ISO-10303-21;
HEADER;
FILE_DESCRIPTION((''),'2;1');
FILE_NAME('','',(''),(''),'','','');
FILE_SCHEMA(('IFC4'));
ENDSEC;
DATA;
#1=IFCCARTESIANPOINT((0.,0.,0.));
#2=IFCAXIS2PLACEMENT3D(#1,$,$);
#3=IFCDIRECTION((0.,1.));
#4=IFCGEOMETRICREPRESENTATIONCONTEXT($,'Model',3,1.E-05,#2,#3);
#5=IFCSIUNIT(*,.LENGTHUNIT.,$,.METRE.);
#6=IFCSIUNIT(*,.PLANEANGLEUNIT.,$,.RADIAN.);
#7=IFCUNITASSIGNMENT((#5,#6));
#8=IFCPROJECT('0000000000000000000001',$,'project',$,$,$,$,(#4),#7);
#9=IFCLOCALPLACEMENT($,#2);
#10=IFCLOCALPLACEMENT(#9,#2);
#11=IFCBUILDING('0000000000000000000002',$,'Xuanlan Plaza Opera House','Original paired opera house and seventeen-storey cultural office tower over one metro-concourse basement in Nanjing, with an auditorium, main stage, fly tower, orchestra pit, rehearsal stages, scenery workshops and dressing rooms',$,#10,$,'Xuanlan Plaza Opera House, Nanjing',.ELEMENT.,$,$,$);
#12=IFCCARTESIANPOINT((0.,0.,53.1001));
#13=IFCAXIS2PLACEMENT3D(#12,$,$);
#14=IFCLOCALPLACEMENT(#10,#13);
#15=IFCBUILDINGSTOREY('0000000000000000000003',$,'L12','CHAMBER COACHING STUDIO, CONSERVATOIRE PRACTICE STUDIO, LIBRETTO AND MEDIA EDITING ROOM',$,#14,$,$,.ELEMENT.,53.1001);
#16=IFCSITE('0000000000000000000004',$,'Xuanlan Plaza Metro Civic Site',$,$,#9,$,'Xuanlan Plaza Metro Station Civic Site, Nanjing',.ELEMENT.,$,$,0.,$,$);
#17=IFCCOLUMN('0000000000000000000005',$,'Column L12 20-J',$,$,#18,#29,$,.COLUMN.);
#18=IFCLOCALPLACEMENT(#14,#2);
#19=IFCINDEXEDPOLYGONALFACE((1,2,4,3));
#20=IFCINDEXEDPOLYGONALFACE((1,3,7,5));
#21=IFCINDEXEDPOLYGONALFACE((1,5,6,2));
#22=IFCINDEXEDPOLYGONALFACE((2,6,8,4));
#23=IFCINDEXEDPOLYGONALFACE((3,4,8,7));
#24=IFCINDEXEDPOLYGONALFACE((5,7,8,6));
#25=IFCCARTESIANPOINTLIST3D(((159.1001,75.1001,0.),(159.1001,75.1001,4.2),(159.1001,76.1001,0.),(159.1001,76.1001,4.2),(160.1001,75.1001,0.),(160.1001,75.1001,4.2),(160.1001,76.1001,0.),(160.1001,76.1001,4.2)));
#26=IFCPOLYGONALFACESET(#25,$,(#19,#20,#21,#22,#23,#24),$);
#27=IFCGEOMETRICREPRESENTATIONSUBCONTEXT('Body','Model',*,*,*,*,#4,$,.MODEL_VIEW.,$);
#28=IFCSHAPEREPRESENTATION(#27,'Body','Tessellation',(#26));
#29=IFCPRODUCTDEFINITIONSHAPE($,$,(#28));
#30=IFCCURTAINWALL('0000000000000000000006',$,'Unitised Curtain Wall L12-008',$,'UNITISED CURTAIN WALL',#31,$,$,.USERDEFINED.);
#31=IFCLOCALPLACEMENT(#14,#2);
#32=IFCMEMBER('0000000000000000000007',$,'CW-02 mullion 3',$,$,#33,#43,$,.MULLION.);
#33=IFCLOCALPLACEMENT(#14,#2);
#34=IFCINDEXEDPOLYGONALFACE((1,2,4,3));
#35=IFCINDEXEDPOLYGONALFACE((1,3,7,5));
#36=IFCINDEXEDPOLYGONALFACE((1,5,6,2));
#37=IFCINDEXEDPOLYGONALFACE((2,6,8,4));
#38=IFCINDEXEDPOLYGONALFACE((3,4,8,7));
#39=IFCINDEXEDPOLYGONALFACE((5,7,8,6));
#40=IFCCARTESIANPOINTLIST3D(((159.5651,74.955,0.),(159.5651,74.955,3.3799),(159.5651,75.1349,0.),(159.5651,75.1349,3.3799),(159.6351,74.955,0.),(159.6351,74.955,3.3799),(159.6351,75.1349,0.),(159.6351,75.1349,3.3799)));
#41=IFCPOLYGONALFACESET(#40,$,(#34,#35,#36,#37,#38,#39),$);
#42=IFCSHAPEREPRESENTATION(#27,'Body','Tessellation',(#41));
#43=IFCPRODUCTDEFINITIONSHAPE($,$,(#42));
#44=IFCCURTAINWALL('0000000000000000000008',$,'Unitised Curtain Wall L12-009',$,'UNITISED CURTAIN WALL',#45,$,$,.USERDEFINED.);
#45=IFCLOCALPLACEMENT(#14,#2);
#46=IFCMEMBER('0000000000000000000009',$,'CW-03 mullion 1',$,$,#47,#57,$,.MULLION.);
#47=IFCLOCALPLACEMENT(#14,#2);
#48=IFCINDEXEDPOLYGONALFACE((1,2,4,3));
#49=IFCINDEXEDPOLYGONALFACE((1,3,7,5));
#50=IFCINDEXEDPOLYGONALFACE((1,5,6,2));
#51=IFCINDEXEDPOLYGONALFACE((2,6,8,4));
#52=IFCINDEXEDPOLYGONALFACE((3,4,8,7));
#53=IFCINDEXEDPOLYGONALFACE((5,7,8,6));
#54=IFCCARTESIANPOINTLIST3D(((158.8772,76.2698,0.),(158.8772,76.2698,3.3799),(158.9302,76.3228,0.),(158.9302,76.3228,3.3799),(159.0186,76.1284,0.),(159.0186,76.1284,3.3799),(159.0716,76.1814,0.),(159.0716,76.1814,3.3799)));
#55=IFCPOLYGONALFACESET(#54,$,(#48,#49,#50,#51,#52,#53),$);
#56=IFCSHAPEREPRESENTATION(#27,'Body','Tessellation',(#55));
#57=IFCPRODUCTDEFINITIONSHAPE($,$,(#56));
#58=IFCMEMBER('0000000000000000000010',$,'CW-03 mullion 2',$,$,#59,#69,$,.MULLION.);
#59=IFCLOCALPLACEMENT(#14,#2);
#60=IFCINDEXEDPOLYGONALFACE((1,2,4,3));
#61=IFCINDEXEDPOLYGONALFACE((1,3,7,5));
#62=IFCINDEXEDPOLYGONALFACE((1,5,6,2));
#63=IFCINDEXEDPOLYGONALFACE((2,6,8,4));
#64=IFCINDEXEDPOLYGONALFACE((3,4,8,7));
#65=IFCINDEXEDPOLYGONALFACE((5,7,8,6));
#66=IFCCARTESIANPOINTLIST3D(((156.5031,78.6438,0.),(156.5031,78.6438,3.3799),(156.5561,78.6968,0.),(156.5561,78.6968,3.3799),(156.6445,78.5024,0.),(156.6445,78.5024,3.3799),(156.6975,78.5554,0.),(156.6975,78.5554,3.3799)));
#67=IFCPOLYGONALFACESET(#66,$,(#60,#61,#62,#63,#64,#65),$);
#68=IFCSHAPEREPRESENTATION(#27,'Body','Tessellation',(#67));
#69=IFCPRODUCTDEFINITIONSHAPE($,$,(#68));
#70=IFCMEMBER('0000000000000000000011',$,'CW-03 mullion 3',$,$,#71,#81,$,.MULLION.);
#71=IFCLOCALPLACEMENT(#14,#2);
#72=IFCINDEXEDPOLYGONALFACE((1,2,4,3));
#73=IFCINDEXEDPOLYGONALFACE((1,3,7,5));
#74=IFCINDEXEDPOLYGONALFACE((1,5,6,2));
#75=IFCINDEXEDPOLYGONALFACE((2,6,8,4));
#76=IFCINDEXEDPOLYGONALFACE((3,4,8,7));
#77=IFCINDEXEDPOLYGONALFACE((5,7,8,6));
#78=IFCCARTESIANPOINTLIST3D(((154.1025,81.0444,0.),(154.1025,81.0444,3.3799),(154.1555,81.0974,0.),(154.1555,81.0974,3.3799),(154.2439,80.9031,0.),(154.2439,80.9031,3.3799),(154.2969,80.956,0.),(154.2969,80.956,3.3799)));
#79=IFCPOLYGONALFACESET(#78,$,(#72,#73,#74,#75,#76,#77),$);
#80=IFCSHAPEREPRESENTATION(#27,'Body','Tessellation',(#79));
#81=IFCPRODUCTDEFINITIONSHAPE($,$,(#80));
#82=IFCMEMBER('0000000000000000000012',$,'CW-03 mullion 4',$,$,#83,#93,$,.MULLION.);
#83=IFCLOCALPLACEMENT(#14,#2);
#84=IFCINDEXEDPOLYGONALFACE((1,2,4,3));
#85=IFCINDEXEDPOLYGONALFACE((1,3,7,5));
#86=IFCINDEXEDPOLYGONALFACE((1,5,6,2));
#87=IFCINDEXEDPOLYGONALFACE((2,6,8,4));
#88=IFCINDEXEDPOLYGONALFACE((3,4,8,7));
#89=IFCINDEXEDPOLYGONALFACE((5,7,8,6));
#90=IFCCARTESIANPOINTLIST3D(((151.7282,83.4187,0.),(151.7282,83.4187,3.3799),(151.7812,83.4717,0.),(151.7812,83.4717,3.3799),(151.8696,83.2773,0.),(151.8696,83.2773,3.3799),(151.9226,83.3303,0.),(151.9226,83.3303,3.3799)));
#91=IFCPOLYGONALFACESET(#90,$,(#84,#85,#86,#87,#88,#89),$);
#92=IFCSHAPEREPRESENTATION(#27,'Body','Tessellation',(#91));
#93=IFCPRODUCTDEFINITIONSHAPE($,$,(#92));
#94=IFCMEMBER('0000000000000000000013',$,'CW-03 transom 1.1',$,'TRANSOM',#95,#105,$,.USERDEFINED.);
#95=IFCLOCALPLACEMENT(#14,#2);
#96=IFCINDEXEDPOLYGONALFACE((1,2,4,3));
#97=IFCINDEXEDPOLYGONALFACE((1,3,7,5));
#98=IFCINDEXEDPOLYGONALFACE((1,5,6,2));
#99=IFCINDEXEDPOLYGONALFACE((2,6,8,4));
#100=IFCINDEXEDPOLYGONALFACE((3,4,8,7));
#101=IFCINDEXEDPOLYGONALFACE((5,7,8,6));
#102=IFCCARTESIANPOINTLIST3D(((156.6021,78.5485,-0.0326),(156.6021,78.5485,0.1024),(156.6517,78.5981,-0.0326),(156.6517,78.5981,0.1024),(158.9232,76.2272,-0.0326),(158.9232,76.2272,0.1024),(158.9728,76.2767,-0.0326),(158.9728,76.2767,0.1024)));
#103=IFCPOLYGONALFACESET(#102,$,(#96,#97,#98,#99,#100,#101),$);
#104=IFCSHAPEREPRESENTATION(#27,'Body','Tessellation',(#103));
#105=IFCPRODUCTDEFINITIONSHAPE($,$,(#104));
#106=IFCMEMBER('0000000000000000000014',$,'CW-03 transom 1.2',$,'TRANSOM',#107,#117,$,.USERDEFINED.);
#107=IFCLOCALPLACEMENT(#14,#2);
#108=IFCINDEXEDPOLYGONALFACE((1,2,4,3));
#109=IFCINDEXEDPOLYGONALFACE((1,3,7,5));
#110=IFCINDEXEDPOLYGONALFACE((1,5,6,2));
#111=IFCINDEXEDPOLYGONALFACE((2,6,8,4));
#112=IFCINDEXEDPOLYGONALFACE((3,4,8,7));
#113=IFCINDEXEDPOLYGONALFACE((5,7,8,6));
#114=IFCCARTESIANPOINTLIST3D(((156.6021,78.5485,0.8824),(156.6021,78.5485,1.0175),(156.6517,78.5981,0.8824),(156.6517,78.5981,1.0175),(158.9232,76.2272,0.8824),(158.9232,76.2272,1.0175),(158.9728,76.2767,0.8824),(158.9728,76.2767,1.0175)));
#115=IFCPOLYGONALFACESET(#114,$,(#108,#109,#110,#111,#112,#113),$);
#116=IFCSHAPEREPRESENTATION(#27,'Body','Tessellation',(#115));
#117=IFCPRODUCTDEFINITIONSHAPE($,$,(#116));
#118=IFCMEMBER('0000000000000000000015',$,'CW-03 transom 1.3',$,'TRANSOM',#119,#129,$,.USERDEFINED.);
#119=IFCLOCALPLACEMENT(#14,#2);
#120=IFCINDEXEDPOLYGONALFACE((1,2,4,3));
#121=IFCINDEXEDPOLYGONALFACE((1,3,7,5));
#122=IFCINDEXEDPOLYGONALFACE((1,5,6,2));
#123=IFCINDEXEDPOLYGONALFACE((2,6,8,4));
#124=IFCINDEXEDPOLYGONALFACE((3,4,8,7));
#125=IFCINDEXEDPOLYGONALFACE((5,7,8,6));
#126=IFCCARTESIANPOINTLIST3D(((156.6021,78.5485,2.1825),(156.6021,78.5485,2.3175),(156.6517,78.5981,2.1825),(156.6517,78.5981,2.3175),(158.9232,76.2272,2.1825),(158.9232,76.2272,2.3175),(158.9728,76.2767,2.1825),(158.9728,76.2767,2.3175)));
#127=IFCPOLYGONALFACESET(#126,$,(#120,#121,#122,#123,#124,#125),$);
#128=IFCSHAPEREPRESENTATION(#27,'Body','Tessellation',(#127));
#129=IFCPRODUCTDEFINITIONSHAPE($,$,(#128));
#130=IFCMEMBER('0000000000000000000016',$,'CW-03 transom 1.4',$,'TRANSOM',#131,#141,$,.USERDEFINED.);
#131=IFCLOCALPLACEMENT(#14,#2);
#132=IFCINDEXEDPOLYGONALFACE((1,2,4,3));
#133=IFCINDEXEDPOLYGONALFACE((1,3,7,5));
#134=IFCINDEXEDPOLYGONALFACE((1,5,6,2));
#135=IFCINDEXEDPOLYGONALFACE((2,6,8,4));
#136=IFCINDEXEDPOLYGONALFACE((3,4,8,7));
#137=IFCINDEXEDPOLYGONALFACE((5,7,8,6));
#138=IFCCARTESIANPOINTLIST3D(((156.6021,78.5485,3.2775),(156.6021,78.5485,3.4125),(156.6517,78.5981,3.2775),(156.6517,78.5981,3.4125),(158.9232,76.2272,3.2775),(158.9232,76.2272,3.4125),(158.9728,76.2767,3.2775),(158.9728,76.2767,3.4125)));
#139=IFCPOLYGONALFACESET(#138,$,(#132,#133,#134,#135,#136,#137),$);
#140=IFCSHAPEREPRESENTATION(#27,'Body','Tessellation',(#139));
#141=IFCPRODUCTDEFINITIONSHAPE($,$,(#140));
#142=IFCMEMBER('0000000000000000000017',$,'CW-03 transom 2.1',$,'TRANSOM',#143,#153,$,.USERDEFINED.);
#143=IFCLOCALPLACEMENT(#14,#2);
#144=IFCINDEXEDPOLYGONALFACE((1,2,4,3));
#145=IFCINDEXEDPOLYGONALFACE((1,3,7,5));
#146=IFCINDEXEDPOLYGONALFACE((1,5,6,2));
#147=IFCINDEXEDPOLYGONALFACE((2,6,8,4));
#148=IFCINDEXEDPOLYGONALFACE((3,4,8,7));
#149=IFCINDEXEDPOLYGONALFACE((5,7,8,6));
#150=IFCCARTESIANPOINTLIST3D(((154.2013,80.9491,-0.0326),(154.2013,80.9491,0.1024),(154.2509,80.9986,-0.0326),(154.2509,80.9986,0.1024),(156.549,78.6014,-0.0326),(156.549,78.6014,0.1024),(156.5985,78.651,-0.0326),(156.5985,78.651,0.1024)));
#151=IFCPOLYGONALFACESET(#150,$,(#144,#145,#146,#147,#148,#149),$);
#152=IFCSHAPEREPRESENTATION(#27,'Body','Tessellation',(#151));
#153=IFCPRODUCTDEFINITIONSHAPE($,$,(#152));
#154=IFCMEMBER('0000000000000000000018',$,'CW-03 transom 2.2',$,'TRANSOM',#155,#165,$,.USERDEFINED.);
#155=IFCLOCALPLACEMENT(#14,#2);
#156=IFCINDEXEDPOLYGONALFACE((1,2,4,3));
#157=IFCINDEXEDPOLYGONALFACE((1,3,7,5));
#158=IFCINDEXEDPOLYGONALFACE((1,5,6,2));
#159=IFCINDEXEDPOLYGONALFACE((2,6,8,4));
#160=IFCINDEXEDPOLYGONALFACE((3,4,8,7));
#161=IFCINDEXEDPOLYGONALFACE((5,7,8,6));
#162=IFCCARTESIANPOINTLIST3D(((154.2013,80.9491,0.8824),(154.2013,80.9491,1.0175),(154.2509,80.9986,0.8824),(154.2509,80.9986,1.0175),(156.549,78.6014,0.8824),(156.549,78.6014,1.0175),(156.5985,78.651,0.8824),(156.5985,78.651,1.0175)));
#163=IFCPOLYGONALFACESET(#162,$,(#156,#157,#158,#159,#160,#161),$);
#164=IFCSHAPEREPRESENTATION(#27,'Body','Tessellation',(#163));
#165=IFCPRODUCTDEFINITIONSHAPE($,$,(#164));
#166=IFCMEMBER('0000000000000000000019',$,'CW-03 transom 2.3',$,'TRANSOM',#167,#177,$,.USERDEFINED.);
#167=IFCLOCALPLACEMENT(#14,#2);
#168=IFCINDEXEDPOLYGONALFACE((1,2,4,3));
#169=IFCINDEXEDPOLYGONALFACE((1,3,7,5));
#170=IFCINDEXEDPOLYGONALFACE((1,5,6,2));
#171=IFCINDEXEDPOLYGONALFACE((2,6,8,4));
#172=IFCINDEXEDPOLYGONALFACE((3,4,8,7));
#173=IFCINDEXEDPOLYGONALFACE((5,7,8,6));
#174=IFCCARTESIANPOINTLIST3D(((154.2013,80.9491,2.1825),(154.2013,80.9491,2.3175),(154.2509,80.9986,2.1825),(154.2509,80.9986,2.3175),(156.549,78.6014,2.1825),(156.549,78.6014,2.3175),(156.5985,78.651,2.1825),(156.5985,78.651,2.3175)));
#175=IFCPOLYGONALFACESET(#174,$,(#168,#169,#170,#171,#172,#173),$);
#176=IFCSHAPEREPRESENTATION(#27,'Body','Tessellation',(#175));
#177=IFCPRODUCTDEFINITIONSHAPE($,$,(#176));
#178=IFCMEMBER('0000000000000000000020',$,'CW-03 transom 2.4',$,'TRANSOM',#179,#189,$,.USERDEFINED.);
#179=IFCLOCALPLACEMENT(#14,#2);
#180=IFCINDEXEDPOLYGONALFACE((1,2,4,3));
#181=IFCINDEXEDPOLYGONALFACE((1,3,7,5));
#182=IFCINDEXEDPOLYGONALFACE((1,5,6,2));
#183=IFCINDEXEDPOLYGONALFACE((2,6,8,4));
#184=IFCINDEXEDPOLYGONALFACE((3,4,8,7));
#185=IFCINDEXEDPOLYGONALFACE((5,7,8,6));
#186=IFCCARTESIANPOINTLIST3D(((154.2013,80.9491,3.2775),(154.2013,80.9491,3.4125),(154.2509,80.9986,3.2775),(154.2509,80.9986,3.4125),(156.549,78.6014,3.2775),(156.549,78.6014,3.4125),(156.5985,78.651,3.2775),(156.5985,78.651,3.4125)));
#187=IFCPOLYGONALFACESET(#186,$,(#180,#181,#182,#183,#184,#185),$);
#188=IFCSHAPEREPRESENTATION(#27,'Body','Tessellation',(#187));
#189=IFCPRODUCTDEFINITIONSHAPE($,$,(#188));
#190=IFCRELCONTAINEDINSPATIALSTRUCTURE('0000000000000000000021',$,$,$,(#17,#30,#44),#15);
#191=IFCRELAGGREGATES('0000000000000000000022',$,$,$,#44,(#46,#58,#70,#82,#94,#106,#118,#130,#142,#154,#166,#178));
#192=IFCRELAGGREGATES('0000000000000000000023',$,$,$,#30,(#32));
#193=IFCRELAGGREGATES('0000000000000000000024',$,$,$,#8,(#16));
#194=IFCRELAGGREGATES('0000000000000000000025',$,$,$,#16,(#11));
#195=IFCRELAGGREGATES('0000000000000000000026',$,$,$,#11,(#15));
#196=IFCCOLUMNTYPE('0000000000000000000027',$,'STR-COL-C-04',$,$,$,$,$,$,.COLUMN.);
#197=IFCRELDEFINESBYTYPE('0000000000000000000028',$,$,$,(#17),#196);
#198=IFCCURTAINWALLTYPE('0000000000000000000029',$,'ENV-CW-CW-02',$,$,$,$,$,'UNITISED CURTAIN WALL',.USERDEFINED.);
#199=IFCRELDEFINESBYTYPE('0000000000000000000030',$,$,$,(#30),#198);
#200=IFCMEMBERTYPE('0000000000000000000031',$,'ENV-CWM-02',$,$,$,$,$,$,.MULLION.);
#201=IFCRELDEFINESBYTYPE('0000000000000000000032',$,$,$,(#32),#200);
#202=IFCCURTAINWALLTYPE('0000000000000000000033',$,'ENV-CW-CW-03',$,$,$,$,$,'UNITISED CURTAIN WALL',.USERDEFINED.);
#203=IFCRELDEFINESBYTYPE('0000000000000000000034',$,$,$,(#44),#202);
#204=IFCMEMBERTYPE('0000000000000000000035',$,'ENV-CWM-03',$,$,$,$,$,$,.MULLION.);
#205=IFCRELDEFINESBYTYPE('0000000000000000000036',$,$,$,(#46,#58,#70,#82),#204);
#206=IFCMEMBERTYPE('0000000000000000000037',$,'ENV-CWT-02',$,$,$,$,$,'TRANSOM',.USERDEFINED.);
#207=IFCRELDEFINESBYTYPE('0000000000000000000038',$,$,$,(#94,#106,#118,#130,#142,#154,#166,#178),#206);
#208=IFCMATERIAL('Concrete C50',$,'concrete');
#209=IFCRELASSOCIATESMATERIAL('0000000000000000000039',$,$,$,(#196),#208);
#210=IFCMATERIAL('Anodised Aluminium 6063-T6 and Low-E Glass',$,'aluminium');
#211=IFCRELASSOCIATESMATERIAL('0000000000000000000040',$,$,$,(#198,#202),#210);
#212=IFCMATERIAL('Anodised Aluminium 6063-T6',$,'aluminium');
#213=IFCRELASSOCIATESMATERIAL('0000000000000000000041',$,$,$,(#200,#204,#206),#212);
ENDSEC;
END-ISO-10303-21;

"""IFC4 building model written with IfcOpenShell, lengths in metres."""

from ifc_helpers import new_model, si_unit, direction, frame, origin, origin_2d, place, context, subcontext, project, spatial, rectangle, extrude, material, material_profile, profile_set, type_object, element, aggregate, save


model = new_model("IFC4")

# Units and contexts
model_context = context("Model", 3, precision=1e-05, world=origin(), true_north=direction((0.0, 1.0)))
body_context = subcontext(model_context, "Body", "Model", "MODEL_VIEW")
ifc_project = project(units=[si_unit("LENGTHUNIT", "METRE"), si_unit("PLANEANGLEUNIT", "RADIAN")], contexts=[model_context])

# Site, building, storey
site_placement = place(None, origin())
site = spatial("IfcSite", under=ifc_project, at=site_placement, Name="Xuanlan Plaza Metro Civic Site", LongName="Xuanlan Plaza Metro Station Civic Site, Nanjing", CompositionType="ELEMENT", RefElevation=0.0)
building_placement = place(site_placement, origin())
building = spatial("IfcBuilding", under=site, at=building_placement, Name="Xuanlan Plaza Opera House", Description="Original paired opera house and seventeen-storey cultural office tower over one metro-concourse basement in Nanjing, with an auditorium, main stage, fly tower, orchestra pit, rehearsal stages, scenery workshops and dressing rooms", LongName="Xuanlan Plaza Opera House, Nanjing", CompositionType="ELEMENT")
storey_placement = place(building_placement, frame((0.0, 0.0, 53.1001)))
storey = spatial("IfcBuildingStorey", under=building, at=storey_placement, Name="L12", Description="CHAMBER COACHING STUDIO, CONSERVATOIRE PRACTICE STUDIO, LIBRETTO AND MEDIA EDITING ROOM", CompositionType="ELEMENT", Elevation=53.1001)

# Column
ifc_material_1 = material(Name="Concrete C50", Category="concrete")
ifc_material_profile_1 = material_profile(ifc_material_1, rectangle(XDim=1.0, YDim=1.0, at=origin_2d()), Name="RC-COL 1000x1000")
ifc_profile_set_1 = profile_set([ifc_material_profile_1], Name="Concrete C50")
column_type = type_object("IfcColumnType", Name="STR-COL-C-04", PredefinedType="COLUMN", material=ifc_profile_set_1)
column_placement = place(storey_placement, frame((159.6001, 75.6001, 0.0), z_axis=(0.0, 0.0, 1.0), x_axis=(1.0, 0.0, 0.0)))
element("IfcColumn", 1, at=column_placement, inside=storey, type_object=column_type, Name="Column L12 20-J", PredefinedType="COLUMN", context=body_context, shape_type="SweptSolid", body=[
    extrude(rectangle(XDim=1.0, YDim=1.0, at=origin_2d()), origin(), (0.0, 0.0, 1.0), 4.2),
])

# Curtain wall, member
ifc_material_2 = material(Name="Anodised Aluminium 6063-T6 and Low-E Glass", Category="aluminium")
curtain_wall_type_1 = type_object("IfcCurtainWallType", Name="ENV-CW-CW-02", ElementType="UNITISED CURTAIN WALL", PredefinedType="USERDEFINED", material=ifc_material_2)
curtain_wall_1_placement = place(storey_placement, origin())
curtain_wall_1 = element("IfcCurtainWall", 2, at=curtain_wall_1_placement, inside=storey, type_object=curtain_wall_type_1, Name="Unitised Curtain Wall L12-008", ObjectType="UNITISED CURTAIN WALL", PredefinedType="USERDEFINED")
ifc_material_3 = material(Name="Anodised Aluminium 6063-T6", Category="aluminium")
ifc_material_profile_2 = material_profile(ifc_material_3, rectangle(XDim=0.0701, YDim=0.1799, at=origin_2d()), Name="ALU-M 70x180")
ifc_profile_set_2 = profile_set([ifc_material_profile_2], Name="Anodised Aluminium 6063-T6")
member_type_1 = type_object("IfcMemberType", Name="ENV-CWM-02", PredefinedType="MULLION", material=ifc_profile_set_2)
member_1_placement = place(storey_placement, frame((159.6001, 75.0449, 0.0), z_axis=(0.0, 0.0, 1.0), x_axis=(-1.0, 0.0, 0.0)))
member_1 = element("IfcMember", 3, at=member_1_placement, type_object=member_type_1, Name="CW-02 mullion 3", PredefinedType="MULLION", context=body_context, shape_type="SweptSolid", body=[
    extrude(rectangle(XDim=0.0701, YDim=0.1799, at=origin_2d()), origin(), (0.0, 0.0, 1.0), 3.3799),
])

# Curtain wall, members
curtain_wall_type_2 = type_object("IfcCurtainWallType", Name="ENV-CW-CW-03", ElementType="UNITISED CURTAIN WALL", PredefinedType="USERDEFINED", material=ifc_material_2)
curtain_wall_2_placement = place(storey_placement, origin())
curtain_wall_2 = element("IfcCurtainWall", 4, at=curtain_wall_2_placement, inside=storey, type_object=curtain_wall_type_2, Name="Unitised Curtain Wall L12-009", ObjectType="UNITISED CURTAIN WALL", PredefinedType="USERDEFINED")
ifc_material_profile_3 = material_profile(ifc_material_3, rectangle(XDim=0.075, YDim=0.2, at=origin_2d()), Name="ALU-M 75x200")
ifc_profile_set_3 = profile_set([ifc_material_profile_3], Name="Anodised Aluminium 6063-T6")
member_type_2 = type_object("IfcMemberType", Name="ENV-CWM-03", PredefinedType="MULLION", material=ifc_profile_set_3)
member_2_placement = place(storey_placement, frame((158.9744, 76.2256, 0.0), z_axis=(0.0, 0.0, 1.0), x_axis=(-0.707107, -0.707107, 0.0)))
member_2 = element("IfcMember", 5, at=member_2_placement, type_object=member_type_2, Name="CW-03 mullion 1", PredefinedType="MULLION", context=body_context, shape_type="SweptSolid", body=[
    extrude(rectangle(XDim=0.075, YDim=0.2, at=origin_2d()), origin(), (0.0, 0.0, 1.0), 3.3799),
])
member_3_placement = place(storey_placement, frame((156.6003, 78.5996, 0.0), z_axis=(0.0, 0.0, 1.0), x_axis=(-0.707107, -0.707107, 0.0)))
member_3 = element("IfcMember", 6, at=member_3_placement, type_object=member_type_2, Name="CW-03 mullion 2", PredefinedType="MULLION", context=body_context, shape_type="SweptSolid", body=[
    extrude(rectangle(XDim=0.075, YDim=0.2, at=origin_2d()), origin(), (0.0, 0.0, 1.0), 3.3799),
])
member_4_placement = place(storey_placement, frame((154.1997, 81.0002, 0.0), z_axis=(0.0, 0.0, 1.0), x_axis=(-0.707107, -0.707107, 0.0)))
member_4 = element("IfcMember", 7, at=member_4_placement, type_object=member_type_2, Name="CW-03 mullion 3", PredefinedType="MULLION", context=body_context, shape_type="SweptSolid", body=[
    extrude(rectangle(XDim=0.075, YDim=0.2, at=origin_2d()), origin(), (0.0, 0.0, 1.0), 3.3799),
])
member_5_placement = place(storey_placement, frame((151.8254, 83.3745, 0.0), z_axis=(0.0, 0.0, 1.0), x_axis=(-0.707107, -0.707107, 0.0)))
member_5 = element("IfcMember", 8, at=member_5_placement, type_object=member_type_2, Name="CW-03 mullion 4", PredefinedType="MULLION", context=body_context, shape_type="SweptSolid", body=[
    extrude(rectangle(XDim=0.075, YDim=0.2, at=origin_2d()), origin(), (0.0, 0.0, 1.0), 3.3799),
])
ifc_material_profile_4 = material_profile(ifc_material_3, rectangle(XDim=0.0701, YDim=0.135, at=origin_2d()), Name="ALU-T 70x135")
ifc_profile_set_4 = profile_set([ifc_material_profile_4], Name="Anodised Aluminium 6063-T6")
member_type_3 = type_object("IfcMemberType", Name="ENV-CWT-02", ElementType="TRANSOM", PredefinedType="USERDEFINED", material=ifc_profile_set_4)
member_6_placement = place(storey_placement, frame((158.948, 76.252, 0.0349), z_axis=(-0.70707, 0.707144, 0.0), x_axis=(-0.707144, -0.70707, 0.0)))
member_6 = element("IfcMember", 9, at=member_6_placement, type_object=member_type_3, Name="CW-03 transom 1.1", ObjectType="TRANSOM", PredefinedType="USERDEFINED", context=body_context, shape_type="SweptSolid", body=[
    extrude(rectangle(XDim=0.0701, YDim=0.135, at=origin_2d()), origin(), (0.0, 0.0, 1.0), 3.2827),
])
member_7_placement = place(storey_placement, frame((158.948, 76.252, 0.95), z_axis=(-0.70707, 0.707144, 0.0), x_axis=(-0.707144, -0.70707, 0.0)))
member_7 = element("IfcMember", 10, at=member_7_placement, type_object=member_type_3, Name="CW-03 transom 1.2", ObjectType="TRANSOM", PredefinedType="USERDEFINED", context=body_context, shape_type="SweptSolid", body=[
    extrude(rectangle(XDim=0.0701, YDim=0.135, at=origin_2d()), origin(), (0.0, 0.0, 1.0), 3.2827),
])
member_8_placement = place(storey_placement, frame((158.948, 76.252, 2.25), z_axis=(-0.70707, 0.707144, 0.0), x_axis=(-0.707144, -0.70707, 0.0)))
member_8 = element("IfcMember", 11, at=member_8_placement, type_object=member_type_3, Name="CW-03 transom 1.3", ObjectType="TRANSOM", PredefinedType="USERDEFINED", context=body_context, shape_type="SweptSolid", body=[
    extrude(rectangle(XDim=0.0701, YDim=0.135, at=origin_2d()), origin(), (0.0, 0.0, 1.0), 3.2827),
])
member_9_placement = place(storey_placement, frame((158.948, 76.252, 3.345), z_axis=(-0.70707, 0.707144, 0.0), x_axis=(-0.707144, -0.70707, 0.0)))
member_9 = element("IfcMember", 12, at=member_9_placement, type_object=member_type_3, Name="CW-03 transom 1.4", ObjectType="TRANSOM", PredefinedType="USERDEFINED", context=body_context, shape_type="SweptSolid", body=[
    extrude(rectangle(XDim=0.0701, YDim=0.135, at=origin_2d()), origin(), (0.0, 0.0, 1.0), 3.2827),
])
member_10_placement = place(storey_placement, frame((156.5737, 78.6262, 0.0349), z_axis=(-0.707107, 0.707107, 0.0), x_axis=(-0.707107, -0.707107, 0.0)))
member_10 = element("IfcMember", 13, at=member_10_placement, type_object=member_type_3, Name="CW-03 transom 2.1", ObjectType="TRANSOM", PredefinedType="USERDEFINED", context=body_context, shape_type="SweptSolid", body=[
    extrude(rectangle(XDim=0.0701, YDim=0.135, at=origin_2d()), origin(), (0.0, 0.0, 1.0), 3.3201),
])
member_11_placement = place(storey_placement, frame((156.5737, 78.6262, 0.95), z_axis=(-0.707107, 0.707107, 0.0), x_axis=(-0.707107, -0.707107, 0.0)))
member_11 = element("IfcMember", 14, at=member_11_placement, type_object=member_type_3, Name="CW-03 transom 2.2", ObjectType="TRANSOM", PredefinedType="USERDEFINED", context=body_context, shape_type="SweptSolid", body=[
    extrude(rectangle(XDim=0.0701, YDim=0.135, at=origin_2d()), origin(), (0.0, 0.0, 1.0), 3.3201),
])
member_12_placement = place(storey_placement, frame((156.5737, 78.6262, 2.25), z_axis=(-0.707107, 0.707107, 0.0), x_axis=(-0.707107, -0.707107, 0.0)))
member_12 = element("IfcMember", 15, at=member_12_placement, type_object=member_type_3, Name="CW-03 transom 2.3", ObjectType="TRANSOM", PredefinedType="USERDEFINED", context=body_context, shape_type="SweptSolid", body=[
    extrude(rectangle(XDim=0.0701, YDim=0.135, at=origin_2d()), origin(), (0.0, 0.0, 1.0), 3.3201),
])
member_13_placement = place(storey_placement, frame((156.5737, 78.6262, 3.345), z_axis=(-0.707107, 0.707107, 0.0), x_axis=(-0.707107, -0.707107, 0.0)))
member_13 = element("IfcMember", 16, at=member_13_placement, type_object=member_type_3, Name="CW-03 transom 2.4", ObjectType="TRANSOM", PredefinedType="USERDEFINED", context=body_context, shape_type="SweptSolid", body=[
    extrude(rectangle(XDim=0.0701, YDim=0.135, at=origin_2d()), origin(), (0.0, 0.0, 1.0), 3.3201),
])

aggregate(curtain_wall_2, [member_2, member_3, member_4, member_5, member_6, member_7, member_8, member_9, member_10, member_11, member_12, member_13])
aggregate(curtain_wall_1, [member_1])

save(model, "model.ifc")
